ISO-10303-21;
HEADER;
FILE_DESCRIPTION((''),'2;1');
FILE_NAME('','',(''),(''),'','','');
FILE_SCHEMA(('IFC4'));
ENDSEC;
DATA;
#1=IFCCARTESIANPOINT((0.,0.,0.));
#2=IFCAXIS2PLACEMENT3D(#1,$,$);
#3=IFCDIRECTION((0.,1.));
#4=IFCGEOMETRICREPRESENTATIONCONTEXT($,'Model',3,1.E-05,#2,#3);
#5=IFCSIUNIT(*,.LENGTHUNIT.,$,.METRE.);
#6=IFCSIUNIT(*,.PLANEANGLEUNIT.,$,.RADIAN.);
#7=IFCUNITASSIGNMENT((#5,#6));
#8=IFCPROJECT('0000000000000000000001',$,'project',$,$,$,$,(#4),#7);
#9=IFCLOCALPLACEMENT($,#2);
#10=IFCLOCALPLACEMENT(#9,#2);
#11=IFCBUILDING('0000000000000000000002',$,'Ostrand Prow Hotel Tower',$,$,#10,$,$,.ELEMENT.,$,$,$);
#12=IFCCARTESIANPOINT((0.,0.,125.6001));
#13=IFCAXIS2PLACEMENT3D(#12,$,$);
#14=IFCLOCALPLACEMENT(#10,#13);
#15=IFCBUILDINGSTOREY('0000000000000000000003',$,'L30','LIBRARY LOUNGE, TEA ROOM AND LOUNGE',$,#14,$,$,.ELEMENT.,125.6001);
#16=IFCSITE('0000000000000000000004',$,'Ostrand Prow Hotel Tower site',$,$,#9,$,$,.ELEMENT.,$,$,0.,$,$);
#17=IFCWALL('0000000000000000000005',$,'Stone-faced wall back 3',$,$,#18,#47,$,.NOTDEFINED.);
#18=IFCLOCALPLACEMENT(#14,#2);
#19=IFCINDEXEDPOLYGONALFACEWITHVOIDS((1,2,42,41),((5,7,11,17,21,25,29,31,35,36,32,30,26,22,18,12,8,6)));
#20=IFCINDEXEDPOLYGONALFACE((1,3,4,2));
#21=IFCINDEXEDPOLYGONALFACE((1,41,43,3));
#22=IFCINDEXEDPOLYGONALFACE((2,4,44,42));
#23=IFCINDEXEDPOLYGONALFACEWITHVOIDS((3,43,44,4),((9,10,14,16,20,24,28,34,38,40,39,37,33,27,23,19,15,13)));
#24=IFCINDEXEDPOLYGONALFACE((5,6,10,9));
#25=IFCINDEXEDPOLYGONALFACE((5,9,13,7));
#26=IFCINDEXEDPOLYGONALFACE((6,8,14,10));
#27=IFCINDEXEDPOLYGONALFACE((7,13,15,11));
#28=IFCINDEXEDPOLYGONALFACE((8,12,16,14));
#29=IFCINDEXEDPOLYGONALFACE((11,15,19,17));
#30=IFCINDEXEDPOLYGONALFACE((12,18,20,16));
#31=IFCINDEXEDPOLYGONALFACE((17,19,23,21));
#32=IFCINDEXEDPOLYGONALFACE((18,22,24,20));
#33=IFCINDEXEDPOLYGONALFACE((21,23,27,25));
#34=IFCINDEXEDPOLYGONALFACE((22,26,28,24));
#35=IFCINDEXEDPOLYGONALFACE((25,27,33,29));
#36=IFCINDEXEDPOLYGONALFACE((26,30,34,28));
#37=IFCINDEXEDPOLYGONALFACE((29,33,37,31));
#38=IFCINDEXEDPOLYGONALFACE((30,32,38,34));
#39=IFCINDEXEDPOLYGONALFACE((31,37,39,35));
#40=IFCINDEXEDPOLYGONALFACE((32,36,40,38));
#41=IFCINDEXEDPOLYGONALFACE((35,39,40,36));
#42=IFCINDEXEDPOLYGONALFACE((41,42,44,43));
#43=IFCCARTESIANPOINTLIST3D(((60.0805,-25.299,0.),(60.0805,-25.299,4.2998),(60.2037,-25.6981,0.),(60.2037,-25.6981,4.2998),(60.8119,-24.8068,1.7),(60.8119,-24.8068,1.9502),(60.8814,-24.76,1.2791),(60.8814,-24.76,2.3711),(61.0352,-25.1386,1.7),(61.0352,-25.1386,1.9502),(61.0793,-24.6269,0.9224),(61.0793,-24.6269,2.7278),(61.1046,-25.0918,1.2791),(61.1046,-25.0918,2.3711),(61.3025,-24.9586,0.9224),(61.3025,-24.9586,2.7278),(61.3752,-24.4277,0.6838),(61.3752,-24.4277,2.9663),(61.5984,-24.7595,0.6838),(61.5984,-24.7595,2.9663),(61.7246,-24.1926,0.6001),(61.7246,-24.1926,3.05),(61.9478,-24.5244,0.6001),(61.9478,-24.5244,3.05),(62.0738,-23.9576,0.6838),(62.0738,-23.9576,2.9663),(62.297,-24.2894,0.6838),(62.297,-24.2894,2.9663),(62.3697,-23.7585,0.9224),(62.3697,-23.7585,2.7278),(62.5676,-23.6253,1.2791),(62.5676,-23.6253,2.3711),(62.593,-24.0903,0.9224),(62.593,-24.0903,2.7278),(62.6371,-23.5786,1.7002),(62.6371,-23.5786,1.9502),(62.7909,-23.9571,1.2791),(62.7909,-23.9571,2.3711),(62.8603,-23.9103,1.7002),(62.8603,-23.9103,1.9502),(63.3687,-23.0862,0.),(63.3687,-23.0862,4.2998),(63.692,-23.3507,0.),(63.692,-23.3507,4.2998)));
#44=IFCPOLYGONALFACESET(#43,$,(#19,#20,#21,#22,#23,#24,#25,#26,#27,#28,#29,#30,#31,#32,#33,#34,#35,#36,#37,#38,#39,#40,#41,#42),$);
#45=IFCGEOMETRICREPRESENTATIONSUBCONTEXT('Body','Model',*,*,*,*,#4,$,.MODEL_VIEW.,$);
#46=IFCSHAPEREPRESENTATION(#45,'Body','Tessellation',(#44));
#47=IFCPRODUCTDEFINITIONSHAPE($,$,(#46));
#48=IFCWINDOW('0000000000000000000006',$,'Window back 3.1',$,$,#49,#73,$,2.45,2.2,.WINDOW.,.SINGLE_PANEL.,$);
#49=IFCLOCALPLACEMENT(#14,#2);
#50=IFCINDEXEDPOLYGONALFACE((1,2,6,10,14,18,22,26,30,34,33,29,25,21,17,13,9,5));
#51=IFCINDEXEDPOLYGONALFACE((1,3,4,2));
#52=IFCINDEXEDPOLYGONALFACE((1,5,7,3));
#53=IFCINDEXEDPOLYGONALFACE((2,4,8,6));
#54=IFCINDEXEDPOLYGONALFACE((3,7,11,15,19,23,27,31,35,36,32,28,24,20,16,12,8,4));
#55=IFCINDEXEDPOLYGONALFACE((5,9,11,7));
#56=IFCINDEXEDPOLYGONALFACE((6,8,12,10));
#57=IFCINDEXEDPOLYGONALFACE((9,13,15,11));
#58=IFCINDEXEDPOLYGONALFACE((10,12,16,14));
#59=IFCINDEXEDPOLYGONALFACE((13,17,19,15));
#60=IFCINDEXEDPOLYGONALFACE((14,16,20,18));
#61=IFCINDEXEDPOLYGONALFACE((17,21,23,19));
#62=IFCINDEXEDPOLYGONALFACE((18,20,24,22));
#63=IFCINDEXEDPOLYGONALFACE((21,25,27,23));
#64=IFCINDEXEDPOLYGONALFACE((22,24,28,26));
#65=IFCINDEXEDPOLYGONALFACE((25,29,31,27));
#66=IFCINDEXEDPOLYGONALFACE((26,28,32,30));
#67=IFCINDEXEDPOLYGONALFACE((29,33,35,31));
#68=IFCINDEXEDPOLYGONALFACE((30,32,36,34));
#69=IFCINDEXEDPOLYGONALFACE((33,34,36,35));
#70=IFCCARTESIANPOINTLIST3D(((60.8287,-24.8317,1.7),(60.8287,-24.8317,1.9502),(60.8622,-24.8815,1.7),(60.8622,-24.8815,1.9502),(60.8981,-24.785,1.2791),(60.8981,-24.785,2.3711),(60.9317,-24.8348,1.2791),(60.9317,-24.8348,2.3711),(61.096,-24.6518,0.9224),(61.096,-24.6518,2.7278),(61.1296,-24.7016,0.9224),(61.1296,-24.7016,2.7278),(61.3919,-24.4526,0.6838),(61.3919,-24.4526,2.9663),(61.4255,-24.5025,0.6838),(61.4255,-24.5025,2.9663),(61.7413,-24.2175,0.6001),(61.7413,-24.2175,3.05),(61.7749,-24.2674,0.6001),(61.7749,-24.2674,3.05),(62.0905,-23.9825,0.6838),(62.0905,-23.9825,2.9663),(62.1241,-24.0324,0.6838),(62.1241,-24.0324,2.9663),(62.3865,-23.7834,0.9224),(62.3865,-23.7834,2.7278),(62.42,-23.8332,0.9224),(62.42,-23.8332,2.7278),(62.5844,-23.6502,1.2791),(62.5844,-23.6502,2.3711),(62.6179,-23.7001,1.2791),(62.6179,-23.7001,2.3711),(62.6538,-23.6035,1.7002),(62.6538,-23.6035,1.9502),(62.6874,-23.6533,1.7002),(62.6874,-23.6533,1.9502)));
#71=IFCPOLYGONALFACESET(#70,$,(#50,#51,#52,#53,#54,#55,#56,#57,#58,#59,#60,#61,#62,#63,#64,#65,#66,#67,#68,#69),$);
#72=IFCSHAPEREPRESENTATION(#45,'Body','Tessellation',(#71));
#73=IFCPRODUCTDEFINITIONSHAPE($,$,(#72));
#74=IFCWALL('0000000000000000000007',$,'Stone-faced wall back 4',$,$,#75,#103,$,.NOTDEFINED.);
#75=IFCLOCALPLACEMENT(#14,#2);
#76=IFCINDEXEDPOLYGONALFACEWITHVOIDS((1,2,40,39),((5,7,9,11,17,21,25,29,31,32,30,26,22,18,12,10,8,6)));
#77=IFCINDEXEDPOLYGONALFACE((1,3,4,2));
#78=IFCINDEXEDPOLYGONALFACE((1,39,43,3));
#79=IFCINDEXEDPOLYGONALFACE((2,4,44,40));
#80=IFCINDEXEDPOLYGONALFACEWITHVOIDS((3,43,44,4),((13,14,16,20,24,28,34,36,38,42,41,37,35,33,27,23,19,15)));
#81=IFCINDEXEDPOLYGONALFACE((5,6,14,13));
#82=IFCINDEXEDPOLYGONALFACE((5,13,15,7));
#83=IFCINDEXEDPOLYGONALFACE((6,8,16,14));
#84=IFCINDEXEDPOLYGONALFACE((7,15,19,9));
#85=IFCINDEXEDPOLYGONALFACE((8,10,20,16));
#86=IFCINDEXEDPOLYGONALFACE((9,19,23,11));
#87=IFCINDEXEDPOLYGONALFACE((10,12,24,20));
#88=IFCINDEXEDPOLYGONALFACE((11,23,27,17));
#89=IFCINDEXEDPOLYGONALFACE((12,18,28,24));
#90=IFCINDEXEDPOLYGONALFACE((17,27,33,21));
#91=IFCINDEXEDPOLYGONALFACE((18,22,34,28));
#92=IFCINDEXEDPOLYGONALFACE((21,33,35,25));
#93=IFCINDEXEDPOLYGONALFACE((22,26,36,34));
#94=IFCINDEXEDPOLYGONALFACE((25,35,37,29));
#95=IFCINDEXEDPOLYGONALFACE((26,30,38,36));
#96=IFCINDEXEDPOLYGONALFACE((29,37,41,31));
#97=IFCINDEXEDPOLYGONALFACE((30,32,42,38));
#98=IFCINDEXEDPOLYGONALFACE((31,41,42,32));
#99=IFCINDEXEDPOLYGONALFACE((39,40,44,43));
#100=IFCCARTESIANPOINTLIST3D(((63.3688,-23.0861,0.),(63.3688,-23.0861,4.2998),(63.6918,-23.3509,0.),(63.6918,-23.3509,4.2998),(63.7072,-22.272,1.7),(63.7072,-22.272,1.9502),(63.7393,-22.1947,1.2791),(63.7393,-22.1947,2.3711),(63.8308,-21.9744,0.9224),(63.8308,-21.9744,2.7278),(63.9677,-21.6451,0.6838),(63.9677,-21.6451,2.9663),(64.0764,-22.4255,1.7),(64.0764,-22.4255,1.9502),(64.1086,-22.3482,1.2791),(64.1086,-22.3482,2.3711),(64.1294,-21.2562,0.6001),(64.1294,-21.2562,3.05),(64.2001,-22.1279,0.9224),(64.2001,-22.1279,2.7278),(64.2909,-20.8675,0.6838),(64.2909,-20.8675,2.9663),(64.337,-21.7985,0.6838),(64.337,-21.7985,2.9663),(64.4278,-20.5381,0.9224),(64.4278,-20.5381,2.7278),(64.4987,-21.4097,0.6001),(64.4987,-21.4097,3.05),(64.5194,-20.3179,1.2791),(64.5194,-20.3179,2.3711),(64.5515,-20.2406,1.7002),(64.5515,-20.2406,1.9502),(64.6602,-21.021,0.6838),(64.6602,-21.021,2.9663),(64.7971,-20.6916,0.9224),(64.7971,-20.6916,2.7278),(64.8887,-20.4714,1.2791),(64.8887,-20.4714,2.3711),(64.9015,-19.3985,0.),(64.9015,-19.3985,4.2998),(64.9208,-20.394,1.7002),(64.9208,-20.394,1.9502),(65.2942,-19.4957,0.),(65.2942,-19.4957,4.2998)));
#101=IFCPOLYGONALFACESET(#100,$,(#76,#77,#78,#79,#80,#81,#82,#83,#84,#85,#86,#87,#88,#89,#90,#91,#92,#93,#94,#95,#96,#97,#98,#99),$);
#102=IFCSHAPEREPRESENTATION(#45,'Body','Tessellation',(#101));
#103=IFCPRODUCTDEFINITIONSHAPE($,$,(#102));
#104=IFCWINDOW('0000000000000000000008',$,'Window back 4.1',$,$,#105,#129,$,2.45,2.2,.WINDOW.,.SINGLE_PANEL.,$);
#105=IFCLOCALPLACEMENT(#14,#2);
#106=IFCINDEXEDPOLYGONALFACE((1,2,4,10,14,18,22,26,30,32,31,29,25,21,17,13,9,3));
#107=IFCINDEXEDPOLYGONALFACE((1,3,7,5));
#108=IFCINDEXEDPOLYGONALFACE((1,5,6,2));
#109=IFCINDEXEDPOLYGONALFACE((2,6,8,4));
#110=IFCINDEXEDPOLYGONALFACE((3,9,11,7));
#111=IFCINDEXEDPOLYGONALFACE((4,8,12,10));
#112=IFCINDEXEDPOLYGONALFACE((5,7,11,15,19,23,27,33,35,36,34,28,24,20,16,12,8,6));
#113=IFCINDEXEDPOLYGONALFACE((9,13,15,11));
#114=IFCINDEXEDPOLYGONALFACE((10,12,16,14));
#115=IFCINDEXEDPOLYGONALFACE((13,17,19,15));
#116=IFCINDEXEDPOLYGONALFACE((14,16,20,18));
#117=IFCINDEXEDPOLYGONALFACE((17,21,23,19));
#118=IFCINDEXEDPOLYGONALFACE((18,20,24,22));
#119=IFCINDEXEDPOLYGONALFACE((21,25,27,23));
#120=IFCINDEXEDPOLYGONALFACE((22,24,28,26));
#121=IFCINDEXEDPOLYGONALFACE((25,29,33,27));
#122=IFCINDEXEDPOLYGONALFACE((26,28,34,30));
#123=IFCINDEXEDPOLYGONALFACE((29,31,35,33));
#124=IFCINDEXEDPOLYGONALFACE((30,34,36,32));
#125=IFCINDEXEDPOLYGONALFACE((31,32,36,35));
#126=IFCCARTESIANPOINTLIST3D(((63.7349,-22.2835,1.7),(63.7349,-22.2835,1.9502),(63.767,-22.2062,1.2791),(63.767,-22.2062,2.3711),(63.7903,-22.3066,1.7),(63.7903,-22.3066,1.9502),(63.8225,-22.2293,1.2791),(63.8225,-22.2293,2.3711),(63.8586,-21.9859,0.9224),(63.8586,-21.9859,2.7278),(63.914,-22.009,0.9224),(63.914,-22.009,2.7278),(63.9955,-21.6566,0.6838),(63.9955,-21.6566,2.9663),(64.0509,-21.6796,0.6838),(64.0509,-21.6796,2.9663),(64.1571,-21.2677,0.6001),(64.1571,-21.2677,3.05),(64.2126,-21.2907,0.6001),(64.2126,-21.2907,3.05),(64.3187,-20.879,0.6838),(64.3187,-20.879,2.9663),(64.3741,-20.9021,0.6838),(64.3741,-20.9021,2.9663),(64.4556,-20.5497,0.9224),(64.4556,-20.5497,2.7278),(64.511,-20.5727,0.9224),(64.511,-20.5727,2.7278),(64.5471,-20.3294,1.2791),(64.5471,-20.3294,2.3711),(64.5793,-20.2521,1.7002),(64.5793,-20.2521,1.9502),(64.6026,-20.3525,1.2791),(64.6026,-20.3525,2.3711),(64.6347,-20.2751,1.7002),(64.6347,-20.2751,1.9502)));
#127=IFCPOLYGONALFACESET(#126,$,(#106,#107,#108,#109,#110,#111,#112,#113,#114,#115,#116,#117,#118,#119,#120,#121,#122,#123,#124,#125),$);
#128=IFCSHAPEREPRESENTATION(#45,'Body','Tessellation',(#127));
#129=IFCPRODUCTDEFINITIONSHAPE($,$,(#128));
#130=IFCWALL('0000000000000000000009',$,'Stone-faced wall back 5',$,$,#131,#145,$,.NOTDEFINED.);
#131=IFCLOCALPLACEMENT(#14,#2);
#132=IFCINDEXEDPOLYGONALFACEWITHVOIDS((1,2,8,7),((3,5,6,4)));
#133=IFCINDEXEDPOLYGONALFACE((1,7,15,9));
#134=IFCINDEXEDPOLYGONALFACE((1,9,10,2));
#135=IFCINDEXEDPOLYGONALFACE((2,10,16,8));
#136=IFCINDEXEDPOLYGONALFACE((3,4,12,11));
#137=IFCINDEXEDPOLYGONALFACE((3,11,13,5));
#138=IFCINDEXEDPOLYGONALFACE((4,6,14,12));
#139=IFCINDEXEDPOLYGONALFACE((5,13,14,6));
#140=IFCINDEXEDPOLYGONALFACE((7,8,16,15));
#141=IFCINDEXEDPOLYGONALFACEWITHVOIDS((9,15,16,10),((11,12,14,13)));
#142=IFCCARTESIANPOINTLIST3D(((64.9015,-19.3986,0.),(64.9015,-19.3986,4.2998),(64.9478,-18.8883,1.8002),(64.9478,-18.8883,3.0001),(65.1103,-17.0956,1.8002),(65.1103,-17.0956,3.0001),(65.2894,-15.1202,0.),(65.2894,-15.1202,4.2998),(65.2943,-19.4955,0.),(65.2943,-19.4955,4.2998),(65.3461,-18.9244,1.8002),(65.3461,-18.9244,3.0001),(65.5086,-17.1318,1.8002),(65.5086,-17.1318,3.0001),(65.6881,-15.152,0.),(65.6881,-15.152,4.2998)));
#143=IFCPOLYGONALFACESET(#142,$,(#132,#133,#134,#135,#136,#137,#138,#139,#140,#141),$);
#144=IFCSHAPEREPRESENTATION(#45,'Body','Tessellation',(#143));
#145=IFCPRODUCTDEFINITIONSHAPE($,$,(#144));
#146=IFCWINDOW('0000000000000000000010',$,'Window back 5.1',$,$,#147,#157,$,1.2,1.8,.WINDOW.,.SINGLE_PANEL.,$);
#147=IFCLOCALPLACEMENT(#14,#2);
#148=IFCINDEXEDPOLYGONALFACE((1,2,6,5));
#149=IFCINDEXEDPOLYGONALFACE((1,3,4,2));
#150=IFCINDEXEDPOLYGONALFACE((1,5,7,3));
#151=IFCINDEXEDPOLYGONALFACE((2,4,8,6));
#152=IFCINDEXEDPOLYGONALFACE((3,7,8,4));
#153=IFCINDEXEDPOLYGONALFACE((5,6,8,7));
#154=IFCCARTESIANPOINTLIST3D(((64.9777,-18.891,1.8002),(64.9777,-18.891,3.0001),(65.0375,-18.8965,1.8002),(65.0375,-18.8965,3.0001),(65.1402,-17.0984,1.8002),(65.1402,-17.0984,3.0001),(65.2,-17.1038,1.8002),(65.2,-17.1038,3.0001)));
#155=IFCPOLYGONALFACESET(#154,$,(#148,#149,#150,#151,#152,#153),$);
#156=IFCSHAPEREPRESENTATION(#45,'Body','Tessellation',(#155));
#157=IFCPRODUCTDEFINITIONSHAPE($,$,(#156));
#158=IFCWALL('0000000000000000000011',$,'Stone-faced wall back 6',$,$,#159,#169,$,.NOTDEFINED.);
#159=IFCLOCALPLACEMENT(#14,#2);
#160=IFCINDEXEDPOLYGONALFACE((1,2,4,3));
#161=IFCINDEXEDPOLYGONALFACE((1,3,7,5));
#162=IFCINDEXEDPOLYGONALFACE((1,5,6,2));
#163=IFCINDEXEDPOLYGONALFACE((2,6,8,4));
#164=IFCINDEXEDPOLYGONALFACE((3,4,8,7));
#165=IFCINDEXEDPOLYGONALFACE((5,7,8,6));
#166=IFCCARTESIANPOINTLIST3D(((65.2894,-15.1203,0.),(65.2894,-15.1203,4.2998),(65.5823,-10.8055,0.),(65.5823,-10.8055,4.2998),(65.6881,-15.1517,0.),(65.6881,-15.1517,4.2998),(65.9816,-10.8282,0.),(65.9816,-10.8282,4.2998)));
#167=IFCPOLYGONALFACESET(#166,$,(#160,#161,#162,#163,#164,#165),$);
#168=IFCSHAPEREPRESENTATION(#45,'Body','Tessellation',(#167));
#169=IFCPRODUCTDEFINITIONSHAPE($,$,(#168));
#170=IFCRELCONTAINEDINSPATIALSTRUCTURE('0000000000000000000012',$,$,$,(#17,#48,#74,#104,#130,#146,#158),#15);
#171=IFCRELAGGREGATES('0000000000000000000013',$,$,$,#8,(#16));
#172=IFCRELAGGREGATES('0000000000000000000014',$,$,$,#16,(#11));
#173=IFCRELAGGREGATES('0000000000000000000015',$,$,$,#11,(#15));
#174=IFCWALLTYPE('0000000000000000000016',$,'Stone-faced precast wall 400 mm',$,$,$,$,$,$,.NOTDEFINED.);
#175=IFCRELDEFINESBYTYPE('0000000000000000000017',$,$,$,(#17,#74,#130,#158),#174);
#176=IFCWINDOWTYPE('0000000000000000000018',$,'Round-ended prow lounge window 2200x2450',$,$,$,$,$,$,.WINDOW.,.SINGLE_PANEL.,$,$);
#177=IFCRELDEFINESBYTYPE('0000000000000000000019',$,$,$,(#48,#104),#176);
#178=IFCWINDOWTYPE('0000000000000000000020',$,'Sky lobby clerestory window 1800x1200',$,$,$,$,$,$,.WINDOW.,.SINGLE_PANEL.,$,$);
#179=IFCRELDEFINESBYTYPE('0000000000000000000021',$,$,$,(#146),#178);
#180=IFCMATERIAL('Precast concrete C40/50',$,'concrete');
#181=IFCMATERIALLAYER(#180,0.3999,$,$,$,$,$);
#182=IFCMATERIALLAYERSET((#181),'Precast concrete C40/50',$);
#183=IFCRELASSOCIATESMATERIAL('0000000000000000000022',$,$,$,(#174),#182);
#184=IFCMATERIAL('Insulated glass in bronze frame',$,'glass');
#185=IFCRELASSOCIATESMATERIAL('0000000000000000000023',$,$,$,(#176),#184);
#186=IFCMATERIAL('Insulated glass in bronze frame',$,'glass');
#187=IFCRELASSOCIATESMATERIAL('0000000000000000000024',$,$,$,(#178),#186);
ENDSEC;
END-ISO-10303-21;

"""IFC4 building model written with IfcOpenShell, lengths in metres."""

from ifc_helpers import new_model, si_unit, direction, frame, frame_2d, origin, place, context, subcontext, project, spatial, polyline, rectangle, outline, extrude, material, layer, layer_set, type_object, element, fill, save


model = new_model("IFC4")

# Units and contexts
model_context = context("Model", 3, precision=1e-05, world=origin(), true_north=direction((0.0, 1.0)))
body_context = subcontext(model_context, "Body", "Model", "MODEL_VIEW")
ifc_project = project(units=[si_unit("LENGTHUNIT", "METRE"), si_unit("PLANEANGLEUNIT", "RADIAN")], contexts=[model_context])

# Site, building, storey
site_placement = place(None, origin())
site = spatial("IfcSite", under=ifc_project, at=site_placement, Name="Ostrand Prow Hotel Tower site", CompositionType="ELEMENT", RefElevation=0.0)
building_placement = place(site_placement, origin())
building = spatial("IfcBuilding", under=site, at=building_placement, Name="Ostrand Prow Hotel Tower", CompositionType="ELEMENT")
storey_placement = place(building_placement, frame((0.0, 0.0, 125.6001)))
storey = spatial("IfcBuildingStorey", under=building, at=storey_placement, Name="L30", Description="LIBRARY LOUNGE, TEA ROOM AND LOUNGE", CompositionType="ELEMENT", Elevation=125.6001)

# Walls, openings, windows
ifc_material_1 = material(Name="Precast concrete C40/50", Category="concrete")
ifc_layer_1 = layer(ifc_material_1, 0.3999)
ifc_layer_set_1 = layer_set([ifc_layer_1], Name="Precast concrete C40/50")
wall_type_1 = type_object("IfcWallType", Name="Stone-faced precast wall 400 mm", PredefinedType="NOTDEFINED", material=ifc_layer_set_1)
ifc_material_2 = material(Name="Insulated glass in bronze frame", Category="glass")
window_type_1 = type_object("IfcWindowType", Name="Round-ended prow lounge window 2200x2450", PartitioningType="SINGLE_PANEL", PredefinedType="WINDOW", material=ifc_material_2)
wall_1_placement = place(storey_placement, frame((60.1421, -25.4985, 0.0), z_axis=(0.0, 0.0, 1.0), x_axis=(0.829642, 0.558296, 0.0)))
wall_1 = element("IfcWall", 1, at=wall_1_placement, inside=storey, type_object=wall_type_1, Name="Stone-faced wall back 3", PredefinedType="NOTDEFINED", context=body_context, shape_type="SweptSolid", body=[
    extrude(outline(polyline([(-0.0603, -0.2), (4.1443, -0.2), (4.0237, 0.2), (0.0603, 0.2), (-0.0603, -0.2)])), origin(), (0.0, 0.0, 1.0), 4.2998),
])
opening_1_placement = place(wall_1_placement, frame((0.9419, 0.0, 0.6001)))
opening_1 = element("IfcOpeningElement", 2, at=opening_1_placement, cuts=wall_1, PredefinedType="OPENING", context=body_context, shape_type="SweptSolid", body=[
    extrude(outline(polyline([(0.0, 1.3501), (0.0837, 1.771), (0.3223, 2.1277), (0.679, 2.3662), (1.1001, 2.45), (1.521, 2.3662), (1.8777, 2.1277), (2.1162, 1.771), (2.2, 1.3501), (2.2, 1.1001), (2.1162, 0.679), (1.8777, 0.3223), (1.521, 0.0837), (1.1001, 0.0), (0.679, 0.0837), (0.3223, 0.3223), (0.0837, 0.679), (0.0, 1.0999), (0.0, 1.3501)])), frame((0.0, 0.21, 0.0), z_axis=(0.0, -1.0, 0.0), x_axis=(1.0, 0.0, 0.0)), (0.0, 0.0, 1.0), 0.4199),
])
window_1_placement = place(opening_1_placement, origin())
window_1 = element("IfcWindow", 3, at=window_1_placement, inside=storey, type_object=window_type_1, Name="Window back 3.1", OverallHeight=2.45, OverallWidth=2.2, PartitioningType="SINGLE_PANEL", PredefinedType="WINDOW", context=body_context, shape_type="SweptSolid", body=[
    extrude(outline(polyline([(0.0, 1.3501), (0.0837, 1.771), (0.3223, 2.1277), (0.679, 2.3662), (1.1001, 2.45), (1.521, 2.3662), (1.8777, 2.1277), (2.1162, 1.771), (2.2, 1.3501), (2.2, 1.1001), (2.1162, 0.679), (1.8777, 0.3223), (1.521, 0.0837), (1.1001, 0.0), (0.679, 0.0837), (0.3223, 0.3223), (0.0837, 0.679), (0.0, 1.0999), (0.0, 1.3501)])), frame((0.0, 0.1699, 0.0), z_axis=(0.0, -1.0, 0.0), x_axis=(1.0, 0.0, 0.0)), (0.0, 0.0, 1.0), 0.0601),
])
fill(opening_1, window_1)
wall_2_placement = place(storey_placement, frame((63.5303, -23.2185, 0.0), z_axis=(0.0, 0.0, 1.0), x_axis=(0.383817, 0.923409, 0.0)))
wall_2 = element("IfcWall", 4, at=wall_2_placement, inside=storey, type_object=wall_type_1, Name="Stone-faced wall back 4", PredefinedType="NOTDEFINED", context=body_context, shape_type="SweptSolid", body=[
    extrude(outline(polyline([(-0.0603, -0.2), (4.1147, -0.2), (4.0537, 0.2), (0.0603, 0.2), (-0.0603, -0.2)])), origin(), (0.0, 0.0, 1.0), 4.2998),
])
opening_2_placement = place(wall_2_placement, frame((0.9419, 0.0, 0.6001)))
opening_2 = element("IfcOpeningElement", 5, at=opening_2_placement, cuts=wall_2, PredefinedType="OPENING", context=body_context, shape_type="SweptSolid", body=[
    extrude(outline(polyline([(0.0, 1.3501), (0.0837, 1.771), (0.3223, 2.1277), (0.679, 2.3662), (1.1001, 2.45), (1.521, 2.3662), (1.8777, 2.1277), (2.1162, 1.771), (2.2, 1.3501), (2.2, 1.1001), (2.1162, 0.679), (1.8777, 0.3223), (1.521, 0.0837), (1.1001, 0.0), (0.679, 0.0837), (0.3223, 0.3223), (0.0837, 0.679), (0.0, 1.0999), (0.0, 1.3501)])), frame((0.0, 0.21, 0.0), z_axis=(0.0, -1.0, 0.0), x_axis=(1.0, 0.0, 0.0)), (0.0, 0.0, 1.0), 0.4199),
])
window_2_placement = place(opening_2_placement, origin())
window_2 = element("IfcWindow", 6, at=window_2_placement, inside=storey, type_object=window_type_1, Name="Window back 4.1", OverallHeight=2.45, OverallWidth=2.2, PartitioningType="SINGLE_PANEL", PredefinedType="WINDOW", context=body_context, shape_type="SweptSolid", body=[
    extrude(outline(polyline([(0.0, 1.3501), (0.0837, 1.771), (0.3223, 2.1277), (0.679, 2.3662), (1.1001, 2.45), (1.521, 2.3662), (1.8777, 2.1277), (2.1162, 1.771), (2.2, 1.3501), (2.2, 1.1001), (2.1162, 0.679), (1.8777, 0.3223), (1.521, 0.0837), (1.1001, 0.0), (0.679, 0.0837), (0.3223, 0.3223), (0.0837, 0.679), (0.0, 1.0999), (0.0, 1.3501)])), frame((0.0, 0.1699, 0.0), z_axis=(0.0, -1.0, 0.0), x_axis=(1.0, 0.0, 0.0)), (0.0, 0.0, 1.0), 0.0601),
])
fill(opening_2, window_2)
wall_3_placement = place(storey_placement, frame((65.0979, -19.447, 0.0), z_axis=(0.0, 0.0, 1.0), x_axis=(0.090297, 0.995915, 0.0)))
wall_3 = element("IfcWall", 7, at=wall_3_placement, inside=storey, type_object=wall_type_1, Name="Stone-faced wall back 5", PredefinedType="NOTDEFINED", context=body_context, shape_type="SweptSolid", body=[
    extrude(outline(polyline([(-0.0305, -0.2), (4.3308, -0.2), (4.3264, 0.2), (0.0305, 0.2), (-0.0305, -0.2)])), origin(), (0.0, 0.0, 1.0), 4.2998),
])
opening_3_placement = place(wall_3_placement, frame((0.543, 0.0, 1.8)))
opening_3 = element("IfcOpeningElement", 8, at=opening_3_placement, cuts=wall_3, PredefinedType="OPENING", context=body_context, shape_type="SweptSolid", body=[
    extrude(rectangle(XDim=1.8, YDim=1.2, at=frame_2d((0.8999, 0.6001))), frame((0.0, 0.21, 0.0), z_axis=(0.0, -1.0, 0.0), x_axis=(1.0, 0.0, 0.0)), (0.0, 0.0, 1.0), 0.4199),
])
ifc_material_3 = material(Name="Insulated glass in bronze frame", Category="glass")
window_type_2 = type_object("IfcWindowType", Name="Sky lobby clerestory window 1800x1200", PartitioningType="SINGLE_PANEL", PredefinedType="WINDOW", material=ifc_material_3)
window_3_placement = place(opening_3_placement, origin())
window_3 = element("IfcWindow", 9, at=window_3_placement, inside=storey, type_object=window_type_2, Name="Window back 5.1", OverallHeight=1.2, OverallWidth=1.8, PartitioningType="SINGLE_PANEL", PredefinedType="WINDOW", context=body_context, shape_type="SweptSolid", body=[
    extrude(rectangle(XDim=1.8, YDim=1.2, at=frame_2d((0.8999, 0.6001))), frame((0.0, 0.1699, 0.0), z_axis=(0.0, -1.0, 0.0), x_axis=(1.0, 0.0, 0.0)), (0.0, 0.0, 1.0), 0.0601),
])
fill(opening_3, window_3)

# Wall
wall_4_placement = place(storey_placement, frame((65.4888, -15.136, 0.0), z_axis=(0.0, 0.0, 1.0), x_axis=(0.067732, 0.997704, 0.0)))
element("IfcWall", 10, at=wall_4_placement, inside=storey, type_object=wall_type_1, Name="Stone-faced wall back 6", PredefinedType="NOTDEFINED", context=body_context, shape_type="SweptSolid", body=[
    extrude(outline(polyline([(-0.0022, -0.2), (4.3313, -0.2), (4.3269, 0.2), (0.0022, 0.2), (-0.0022, -0.2)])), origin(), (0.0, 0.0, 1.0), 4.2998),
])

save(model, "model.ifc")
